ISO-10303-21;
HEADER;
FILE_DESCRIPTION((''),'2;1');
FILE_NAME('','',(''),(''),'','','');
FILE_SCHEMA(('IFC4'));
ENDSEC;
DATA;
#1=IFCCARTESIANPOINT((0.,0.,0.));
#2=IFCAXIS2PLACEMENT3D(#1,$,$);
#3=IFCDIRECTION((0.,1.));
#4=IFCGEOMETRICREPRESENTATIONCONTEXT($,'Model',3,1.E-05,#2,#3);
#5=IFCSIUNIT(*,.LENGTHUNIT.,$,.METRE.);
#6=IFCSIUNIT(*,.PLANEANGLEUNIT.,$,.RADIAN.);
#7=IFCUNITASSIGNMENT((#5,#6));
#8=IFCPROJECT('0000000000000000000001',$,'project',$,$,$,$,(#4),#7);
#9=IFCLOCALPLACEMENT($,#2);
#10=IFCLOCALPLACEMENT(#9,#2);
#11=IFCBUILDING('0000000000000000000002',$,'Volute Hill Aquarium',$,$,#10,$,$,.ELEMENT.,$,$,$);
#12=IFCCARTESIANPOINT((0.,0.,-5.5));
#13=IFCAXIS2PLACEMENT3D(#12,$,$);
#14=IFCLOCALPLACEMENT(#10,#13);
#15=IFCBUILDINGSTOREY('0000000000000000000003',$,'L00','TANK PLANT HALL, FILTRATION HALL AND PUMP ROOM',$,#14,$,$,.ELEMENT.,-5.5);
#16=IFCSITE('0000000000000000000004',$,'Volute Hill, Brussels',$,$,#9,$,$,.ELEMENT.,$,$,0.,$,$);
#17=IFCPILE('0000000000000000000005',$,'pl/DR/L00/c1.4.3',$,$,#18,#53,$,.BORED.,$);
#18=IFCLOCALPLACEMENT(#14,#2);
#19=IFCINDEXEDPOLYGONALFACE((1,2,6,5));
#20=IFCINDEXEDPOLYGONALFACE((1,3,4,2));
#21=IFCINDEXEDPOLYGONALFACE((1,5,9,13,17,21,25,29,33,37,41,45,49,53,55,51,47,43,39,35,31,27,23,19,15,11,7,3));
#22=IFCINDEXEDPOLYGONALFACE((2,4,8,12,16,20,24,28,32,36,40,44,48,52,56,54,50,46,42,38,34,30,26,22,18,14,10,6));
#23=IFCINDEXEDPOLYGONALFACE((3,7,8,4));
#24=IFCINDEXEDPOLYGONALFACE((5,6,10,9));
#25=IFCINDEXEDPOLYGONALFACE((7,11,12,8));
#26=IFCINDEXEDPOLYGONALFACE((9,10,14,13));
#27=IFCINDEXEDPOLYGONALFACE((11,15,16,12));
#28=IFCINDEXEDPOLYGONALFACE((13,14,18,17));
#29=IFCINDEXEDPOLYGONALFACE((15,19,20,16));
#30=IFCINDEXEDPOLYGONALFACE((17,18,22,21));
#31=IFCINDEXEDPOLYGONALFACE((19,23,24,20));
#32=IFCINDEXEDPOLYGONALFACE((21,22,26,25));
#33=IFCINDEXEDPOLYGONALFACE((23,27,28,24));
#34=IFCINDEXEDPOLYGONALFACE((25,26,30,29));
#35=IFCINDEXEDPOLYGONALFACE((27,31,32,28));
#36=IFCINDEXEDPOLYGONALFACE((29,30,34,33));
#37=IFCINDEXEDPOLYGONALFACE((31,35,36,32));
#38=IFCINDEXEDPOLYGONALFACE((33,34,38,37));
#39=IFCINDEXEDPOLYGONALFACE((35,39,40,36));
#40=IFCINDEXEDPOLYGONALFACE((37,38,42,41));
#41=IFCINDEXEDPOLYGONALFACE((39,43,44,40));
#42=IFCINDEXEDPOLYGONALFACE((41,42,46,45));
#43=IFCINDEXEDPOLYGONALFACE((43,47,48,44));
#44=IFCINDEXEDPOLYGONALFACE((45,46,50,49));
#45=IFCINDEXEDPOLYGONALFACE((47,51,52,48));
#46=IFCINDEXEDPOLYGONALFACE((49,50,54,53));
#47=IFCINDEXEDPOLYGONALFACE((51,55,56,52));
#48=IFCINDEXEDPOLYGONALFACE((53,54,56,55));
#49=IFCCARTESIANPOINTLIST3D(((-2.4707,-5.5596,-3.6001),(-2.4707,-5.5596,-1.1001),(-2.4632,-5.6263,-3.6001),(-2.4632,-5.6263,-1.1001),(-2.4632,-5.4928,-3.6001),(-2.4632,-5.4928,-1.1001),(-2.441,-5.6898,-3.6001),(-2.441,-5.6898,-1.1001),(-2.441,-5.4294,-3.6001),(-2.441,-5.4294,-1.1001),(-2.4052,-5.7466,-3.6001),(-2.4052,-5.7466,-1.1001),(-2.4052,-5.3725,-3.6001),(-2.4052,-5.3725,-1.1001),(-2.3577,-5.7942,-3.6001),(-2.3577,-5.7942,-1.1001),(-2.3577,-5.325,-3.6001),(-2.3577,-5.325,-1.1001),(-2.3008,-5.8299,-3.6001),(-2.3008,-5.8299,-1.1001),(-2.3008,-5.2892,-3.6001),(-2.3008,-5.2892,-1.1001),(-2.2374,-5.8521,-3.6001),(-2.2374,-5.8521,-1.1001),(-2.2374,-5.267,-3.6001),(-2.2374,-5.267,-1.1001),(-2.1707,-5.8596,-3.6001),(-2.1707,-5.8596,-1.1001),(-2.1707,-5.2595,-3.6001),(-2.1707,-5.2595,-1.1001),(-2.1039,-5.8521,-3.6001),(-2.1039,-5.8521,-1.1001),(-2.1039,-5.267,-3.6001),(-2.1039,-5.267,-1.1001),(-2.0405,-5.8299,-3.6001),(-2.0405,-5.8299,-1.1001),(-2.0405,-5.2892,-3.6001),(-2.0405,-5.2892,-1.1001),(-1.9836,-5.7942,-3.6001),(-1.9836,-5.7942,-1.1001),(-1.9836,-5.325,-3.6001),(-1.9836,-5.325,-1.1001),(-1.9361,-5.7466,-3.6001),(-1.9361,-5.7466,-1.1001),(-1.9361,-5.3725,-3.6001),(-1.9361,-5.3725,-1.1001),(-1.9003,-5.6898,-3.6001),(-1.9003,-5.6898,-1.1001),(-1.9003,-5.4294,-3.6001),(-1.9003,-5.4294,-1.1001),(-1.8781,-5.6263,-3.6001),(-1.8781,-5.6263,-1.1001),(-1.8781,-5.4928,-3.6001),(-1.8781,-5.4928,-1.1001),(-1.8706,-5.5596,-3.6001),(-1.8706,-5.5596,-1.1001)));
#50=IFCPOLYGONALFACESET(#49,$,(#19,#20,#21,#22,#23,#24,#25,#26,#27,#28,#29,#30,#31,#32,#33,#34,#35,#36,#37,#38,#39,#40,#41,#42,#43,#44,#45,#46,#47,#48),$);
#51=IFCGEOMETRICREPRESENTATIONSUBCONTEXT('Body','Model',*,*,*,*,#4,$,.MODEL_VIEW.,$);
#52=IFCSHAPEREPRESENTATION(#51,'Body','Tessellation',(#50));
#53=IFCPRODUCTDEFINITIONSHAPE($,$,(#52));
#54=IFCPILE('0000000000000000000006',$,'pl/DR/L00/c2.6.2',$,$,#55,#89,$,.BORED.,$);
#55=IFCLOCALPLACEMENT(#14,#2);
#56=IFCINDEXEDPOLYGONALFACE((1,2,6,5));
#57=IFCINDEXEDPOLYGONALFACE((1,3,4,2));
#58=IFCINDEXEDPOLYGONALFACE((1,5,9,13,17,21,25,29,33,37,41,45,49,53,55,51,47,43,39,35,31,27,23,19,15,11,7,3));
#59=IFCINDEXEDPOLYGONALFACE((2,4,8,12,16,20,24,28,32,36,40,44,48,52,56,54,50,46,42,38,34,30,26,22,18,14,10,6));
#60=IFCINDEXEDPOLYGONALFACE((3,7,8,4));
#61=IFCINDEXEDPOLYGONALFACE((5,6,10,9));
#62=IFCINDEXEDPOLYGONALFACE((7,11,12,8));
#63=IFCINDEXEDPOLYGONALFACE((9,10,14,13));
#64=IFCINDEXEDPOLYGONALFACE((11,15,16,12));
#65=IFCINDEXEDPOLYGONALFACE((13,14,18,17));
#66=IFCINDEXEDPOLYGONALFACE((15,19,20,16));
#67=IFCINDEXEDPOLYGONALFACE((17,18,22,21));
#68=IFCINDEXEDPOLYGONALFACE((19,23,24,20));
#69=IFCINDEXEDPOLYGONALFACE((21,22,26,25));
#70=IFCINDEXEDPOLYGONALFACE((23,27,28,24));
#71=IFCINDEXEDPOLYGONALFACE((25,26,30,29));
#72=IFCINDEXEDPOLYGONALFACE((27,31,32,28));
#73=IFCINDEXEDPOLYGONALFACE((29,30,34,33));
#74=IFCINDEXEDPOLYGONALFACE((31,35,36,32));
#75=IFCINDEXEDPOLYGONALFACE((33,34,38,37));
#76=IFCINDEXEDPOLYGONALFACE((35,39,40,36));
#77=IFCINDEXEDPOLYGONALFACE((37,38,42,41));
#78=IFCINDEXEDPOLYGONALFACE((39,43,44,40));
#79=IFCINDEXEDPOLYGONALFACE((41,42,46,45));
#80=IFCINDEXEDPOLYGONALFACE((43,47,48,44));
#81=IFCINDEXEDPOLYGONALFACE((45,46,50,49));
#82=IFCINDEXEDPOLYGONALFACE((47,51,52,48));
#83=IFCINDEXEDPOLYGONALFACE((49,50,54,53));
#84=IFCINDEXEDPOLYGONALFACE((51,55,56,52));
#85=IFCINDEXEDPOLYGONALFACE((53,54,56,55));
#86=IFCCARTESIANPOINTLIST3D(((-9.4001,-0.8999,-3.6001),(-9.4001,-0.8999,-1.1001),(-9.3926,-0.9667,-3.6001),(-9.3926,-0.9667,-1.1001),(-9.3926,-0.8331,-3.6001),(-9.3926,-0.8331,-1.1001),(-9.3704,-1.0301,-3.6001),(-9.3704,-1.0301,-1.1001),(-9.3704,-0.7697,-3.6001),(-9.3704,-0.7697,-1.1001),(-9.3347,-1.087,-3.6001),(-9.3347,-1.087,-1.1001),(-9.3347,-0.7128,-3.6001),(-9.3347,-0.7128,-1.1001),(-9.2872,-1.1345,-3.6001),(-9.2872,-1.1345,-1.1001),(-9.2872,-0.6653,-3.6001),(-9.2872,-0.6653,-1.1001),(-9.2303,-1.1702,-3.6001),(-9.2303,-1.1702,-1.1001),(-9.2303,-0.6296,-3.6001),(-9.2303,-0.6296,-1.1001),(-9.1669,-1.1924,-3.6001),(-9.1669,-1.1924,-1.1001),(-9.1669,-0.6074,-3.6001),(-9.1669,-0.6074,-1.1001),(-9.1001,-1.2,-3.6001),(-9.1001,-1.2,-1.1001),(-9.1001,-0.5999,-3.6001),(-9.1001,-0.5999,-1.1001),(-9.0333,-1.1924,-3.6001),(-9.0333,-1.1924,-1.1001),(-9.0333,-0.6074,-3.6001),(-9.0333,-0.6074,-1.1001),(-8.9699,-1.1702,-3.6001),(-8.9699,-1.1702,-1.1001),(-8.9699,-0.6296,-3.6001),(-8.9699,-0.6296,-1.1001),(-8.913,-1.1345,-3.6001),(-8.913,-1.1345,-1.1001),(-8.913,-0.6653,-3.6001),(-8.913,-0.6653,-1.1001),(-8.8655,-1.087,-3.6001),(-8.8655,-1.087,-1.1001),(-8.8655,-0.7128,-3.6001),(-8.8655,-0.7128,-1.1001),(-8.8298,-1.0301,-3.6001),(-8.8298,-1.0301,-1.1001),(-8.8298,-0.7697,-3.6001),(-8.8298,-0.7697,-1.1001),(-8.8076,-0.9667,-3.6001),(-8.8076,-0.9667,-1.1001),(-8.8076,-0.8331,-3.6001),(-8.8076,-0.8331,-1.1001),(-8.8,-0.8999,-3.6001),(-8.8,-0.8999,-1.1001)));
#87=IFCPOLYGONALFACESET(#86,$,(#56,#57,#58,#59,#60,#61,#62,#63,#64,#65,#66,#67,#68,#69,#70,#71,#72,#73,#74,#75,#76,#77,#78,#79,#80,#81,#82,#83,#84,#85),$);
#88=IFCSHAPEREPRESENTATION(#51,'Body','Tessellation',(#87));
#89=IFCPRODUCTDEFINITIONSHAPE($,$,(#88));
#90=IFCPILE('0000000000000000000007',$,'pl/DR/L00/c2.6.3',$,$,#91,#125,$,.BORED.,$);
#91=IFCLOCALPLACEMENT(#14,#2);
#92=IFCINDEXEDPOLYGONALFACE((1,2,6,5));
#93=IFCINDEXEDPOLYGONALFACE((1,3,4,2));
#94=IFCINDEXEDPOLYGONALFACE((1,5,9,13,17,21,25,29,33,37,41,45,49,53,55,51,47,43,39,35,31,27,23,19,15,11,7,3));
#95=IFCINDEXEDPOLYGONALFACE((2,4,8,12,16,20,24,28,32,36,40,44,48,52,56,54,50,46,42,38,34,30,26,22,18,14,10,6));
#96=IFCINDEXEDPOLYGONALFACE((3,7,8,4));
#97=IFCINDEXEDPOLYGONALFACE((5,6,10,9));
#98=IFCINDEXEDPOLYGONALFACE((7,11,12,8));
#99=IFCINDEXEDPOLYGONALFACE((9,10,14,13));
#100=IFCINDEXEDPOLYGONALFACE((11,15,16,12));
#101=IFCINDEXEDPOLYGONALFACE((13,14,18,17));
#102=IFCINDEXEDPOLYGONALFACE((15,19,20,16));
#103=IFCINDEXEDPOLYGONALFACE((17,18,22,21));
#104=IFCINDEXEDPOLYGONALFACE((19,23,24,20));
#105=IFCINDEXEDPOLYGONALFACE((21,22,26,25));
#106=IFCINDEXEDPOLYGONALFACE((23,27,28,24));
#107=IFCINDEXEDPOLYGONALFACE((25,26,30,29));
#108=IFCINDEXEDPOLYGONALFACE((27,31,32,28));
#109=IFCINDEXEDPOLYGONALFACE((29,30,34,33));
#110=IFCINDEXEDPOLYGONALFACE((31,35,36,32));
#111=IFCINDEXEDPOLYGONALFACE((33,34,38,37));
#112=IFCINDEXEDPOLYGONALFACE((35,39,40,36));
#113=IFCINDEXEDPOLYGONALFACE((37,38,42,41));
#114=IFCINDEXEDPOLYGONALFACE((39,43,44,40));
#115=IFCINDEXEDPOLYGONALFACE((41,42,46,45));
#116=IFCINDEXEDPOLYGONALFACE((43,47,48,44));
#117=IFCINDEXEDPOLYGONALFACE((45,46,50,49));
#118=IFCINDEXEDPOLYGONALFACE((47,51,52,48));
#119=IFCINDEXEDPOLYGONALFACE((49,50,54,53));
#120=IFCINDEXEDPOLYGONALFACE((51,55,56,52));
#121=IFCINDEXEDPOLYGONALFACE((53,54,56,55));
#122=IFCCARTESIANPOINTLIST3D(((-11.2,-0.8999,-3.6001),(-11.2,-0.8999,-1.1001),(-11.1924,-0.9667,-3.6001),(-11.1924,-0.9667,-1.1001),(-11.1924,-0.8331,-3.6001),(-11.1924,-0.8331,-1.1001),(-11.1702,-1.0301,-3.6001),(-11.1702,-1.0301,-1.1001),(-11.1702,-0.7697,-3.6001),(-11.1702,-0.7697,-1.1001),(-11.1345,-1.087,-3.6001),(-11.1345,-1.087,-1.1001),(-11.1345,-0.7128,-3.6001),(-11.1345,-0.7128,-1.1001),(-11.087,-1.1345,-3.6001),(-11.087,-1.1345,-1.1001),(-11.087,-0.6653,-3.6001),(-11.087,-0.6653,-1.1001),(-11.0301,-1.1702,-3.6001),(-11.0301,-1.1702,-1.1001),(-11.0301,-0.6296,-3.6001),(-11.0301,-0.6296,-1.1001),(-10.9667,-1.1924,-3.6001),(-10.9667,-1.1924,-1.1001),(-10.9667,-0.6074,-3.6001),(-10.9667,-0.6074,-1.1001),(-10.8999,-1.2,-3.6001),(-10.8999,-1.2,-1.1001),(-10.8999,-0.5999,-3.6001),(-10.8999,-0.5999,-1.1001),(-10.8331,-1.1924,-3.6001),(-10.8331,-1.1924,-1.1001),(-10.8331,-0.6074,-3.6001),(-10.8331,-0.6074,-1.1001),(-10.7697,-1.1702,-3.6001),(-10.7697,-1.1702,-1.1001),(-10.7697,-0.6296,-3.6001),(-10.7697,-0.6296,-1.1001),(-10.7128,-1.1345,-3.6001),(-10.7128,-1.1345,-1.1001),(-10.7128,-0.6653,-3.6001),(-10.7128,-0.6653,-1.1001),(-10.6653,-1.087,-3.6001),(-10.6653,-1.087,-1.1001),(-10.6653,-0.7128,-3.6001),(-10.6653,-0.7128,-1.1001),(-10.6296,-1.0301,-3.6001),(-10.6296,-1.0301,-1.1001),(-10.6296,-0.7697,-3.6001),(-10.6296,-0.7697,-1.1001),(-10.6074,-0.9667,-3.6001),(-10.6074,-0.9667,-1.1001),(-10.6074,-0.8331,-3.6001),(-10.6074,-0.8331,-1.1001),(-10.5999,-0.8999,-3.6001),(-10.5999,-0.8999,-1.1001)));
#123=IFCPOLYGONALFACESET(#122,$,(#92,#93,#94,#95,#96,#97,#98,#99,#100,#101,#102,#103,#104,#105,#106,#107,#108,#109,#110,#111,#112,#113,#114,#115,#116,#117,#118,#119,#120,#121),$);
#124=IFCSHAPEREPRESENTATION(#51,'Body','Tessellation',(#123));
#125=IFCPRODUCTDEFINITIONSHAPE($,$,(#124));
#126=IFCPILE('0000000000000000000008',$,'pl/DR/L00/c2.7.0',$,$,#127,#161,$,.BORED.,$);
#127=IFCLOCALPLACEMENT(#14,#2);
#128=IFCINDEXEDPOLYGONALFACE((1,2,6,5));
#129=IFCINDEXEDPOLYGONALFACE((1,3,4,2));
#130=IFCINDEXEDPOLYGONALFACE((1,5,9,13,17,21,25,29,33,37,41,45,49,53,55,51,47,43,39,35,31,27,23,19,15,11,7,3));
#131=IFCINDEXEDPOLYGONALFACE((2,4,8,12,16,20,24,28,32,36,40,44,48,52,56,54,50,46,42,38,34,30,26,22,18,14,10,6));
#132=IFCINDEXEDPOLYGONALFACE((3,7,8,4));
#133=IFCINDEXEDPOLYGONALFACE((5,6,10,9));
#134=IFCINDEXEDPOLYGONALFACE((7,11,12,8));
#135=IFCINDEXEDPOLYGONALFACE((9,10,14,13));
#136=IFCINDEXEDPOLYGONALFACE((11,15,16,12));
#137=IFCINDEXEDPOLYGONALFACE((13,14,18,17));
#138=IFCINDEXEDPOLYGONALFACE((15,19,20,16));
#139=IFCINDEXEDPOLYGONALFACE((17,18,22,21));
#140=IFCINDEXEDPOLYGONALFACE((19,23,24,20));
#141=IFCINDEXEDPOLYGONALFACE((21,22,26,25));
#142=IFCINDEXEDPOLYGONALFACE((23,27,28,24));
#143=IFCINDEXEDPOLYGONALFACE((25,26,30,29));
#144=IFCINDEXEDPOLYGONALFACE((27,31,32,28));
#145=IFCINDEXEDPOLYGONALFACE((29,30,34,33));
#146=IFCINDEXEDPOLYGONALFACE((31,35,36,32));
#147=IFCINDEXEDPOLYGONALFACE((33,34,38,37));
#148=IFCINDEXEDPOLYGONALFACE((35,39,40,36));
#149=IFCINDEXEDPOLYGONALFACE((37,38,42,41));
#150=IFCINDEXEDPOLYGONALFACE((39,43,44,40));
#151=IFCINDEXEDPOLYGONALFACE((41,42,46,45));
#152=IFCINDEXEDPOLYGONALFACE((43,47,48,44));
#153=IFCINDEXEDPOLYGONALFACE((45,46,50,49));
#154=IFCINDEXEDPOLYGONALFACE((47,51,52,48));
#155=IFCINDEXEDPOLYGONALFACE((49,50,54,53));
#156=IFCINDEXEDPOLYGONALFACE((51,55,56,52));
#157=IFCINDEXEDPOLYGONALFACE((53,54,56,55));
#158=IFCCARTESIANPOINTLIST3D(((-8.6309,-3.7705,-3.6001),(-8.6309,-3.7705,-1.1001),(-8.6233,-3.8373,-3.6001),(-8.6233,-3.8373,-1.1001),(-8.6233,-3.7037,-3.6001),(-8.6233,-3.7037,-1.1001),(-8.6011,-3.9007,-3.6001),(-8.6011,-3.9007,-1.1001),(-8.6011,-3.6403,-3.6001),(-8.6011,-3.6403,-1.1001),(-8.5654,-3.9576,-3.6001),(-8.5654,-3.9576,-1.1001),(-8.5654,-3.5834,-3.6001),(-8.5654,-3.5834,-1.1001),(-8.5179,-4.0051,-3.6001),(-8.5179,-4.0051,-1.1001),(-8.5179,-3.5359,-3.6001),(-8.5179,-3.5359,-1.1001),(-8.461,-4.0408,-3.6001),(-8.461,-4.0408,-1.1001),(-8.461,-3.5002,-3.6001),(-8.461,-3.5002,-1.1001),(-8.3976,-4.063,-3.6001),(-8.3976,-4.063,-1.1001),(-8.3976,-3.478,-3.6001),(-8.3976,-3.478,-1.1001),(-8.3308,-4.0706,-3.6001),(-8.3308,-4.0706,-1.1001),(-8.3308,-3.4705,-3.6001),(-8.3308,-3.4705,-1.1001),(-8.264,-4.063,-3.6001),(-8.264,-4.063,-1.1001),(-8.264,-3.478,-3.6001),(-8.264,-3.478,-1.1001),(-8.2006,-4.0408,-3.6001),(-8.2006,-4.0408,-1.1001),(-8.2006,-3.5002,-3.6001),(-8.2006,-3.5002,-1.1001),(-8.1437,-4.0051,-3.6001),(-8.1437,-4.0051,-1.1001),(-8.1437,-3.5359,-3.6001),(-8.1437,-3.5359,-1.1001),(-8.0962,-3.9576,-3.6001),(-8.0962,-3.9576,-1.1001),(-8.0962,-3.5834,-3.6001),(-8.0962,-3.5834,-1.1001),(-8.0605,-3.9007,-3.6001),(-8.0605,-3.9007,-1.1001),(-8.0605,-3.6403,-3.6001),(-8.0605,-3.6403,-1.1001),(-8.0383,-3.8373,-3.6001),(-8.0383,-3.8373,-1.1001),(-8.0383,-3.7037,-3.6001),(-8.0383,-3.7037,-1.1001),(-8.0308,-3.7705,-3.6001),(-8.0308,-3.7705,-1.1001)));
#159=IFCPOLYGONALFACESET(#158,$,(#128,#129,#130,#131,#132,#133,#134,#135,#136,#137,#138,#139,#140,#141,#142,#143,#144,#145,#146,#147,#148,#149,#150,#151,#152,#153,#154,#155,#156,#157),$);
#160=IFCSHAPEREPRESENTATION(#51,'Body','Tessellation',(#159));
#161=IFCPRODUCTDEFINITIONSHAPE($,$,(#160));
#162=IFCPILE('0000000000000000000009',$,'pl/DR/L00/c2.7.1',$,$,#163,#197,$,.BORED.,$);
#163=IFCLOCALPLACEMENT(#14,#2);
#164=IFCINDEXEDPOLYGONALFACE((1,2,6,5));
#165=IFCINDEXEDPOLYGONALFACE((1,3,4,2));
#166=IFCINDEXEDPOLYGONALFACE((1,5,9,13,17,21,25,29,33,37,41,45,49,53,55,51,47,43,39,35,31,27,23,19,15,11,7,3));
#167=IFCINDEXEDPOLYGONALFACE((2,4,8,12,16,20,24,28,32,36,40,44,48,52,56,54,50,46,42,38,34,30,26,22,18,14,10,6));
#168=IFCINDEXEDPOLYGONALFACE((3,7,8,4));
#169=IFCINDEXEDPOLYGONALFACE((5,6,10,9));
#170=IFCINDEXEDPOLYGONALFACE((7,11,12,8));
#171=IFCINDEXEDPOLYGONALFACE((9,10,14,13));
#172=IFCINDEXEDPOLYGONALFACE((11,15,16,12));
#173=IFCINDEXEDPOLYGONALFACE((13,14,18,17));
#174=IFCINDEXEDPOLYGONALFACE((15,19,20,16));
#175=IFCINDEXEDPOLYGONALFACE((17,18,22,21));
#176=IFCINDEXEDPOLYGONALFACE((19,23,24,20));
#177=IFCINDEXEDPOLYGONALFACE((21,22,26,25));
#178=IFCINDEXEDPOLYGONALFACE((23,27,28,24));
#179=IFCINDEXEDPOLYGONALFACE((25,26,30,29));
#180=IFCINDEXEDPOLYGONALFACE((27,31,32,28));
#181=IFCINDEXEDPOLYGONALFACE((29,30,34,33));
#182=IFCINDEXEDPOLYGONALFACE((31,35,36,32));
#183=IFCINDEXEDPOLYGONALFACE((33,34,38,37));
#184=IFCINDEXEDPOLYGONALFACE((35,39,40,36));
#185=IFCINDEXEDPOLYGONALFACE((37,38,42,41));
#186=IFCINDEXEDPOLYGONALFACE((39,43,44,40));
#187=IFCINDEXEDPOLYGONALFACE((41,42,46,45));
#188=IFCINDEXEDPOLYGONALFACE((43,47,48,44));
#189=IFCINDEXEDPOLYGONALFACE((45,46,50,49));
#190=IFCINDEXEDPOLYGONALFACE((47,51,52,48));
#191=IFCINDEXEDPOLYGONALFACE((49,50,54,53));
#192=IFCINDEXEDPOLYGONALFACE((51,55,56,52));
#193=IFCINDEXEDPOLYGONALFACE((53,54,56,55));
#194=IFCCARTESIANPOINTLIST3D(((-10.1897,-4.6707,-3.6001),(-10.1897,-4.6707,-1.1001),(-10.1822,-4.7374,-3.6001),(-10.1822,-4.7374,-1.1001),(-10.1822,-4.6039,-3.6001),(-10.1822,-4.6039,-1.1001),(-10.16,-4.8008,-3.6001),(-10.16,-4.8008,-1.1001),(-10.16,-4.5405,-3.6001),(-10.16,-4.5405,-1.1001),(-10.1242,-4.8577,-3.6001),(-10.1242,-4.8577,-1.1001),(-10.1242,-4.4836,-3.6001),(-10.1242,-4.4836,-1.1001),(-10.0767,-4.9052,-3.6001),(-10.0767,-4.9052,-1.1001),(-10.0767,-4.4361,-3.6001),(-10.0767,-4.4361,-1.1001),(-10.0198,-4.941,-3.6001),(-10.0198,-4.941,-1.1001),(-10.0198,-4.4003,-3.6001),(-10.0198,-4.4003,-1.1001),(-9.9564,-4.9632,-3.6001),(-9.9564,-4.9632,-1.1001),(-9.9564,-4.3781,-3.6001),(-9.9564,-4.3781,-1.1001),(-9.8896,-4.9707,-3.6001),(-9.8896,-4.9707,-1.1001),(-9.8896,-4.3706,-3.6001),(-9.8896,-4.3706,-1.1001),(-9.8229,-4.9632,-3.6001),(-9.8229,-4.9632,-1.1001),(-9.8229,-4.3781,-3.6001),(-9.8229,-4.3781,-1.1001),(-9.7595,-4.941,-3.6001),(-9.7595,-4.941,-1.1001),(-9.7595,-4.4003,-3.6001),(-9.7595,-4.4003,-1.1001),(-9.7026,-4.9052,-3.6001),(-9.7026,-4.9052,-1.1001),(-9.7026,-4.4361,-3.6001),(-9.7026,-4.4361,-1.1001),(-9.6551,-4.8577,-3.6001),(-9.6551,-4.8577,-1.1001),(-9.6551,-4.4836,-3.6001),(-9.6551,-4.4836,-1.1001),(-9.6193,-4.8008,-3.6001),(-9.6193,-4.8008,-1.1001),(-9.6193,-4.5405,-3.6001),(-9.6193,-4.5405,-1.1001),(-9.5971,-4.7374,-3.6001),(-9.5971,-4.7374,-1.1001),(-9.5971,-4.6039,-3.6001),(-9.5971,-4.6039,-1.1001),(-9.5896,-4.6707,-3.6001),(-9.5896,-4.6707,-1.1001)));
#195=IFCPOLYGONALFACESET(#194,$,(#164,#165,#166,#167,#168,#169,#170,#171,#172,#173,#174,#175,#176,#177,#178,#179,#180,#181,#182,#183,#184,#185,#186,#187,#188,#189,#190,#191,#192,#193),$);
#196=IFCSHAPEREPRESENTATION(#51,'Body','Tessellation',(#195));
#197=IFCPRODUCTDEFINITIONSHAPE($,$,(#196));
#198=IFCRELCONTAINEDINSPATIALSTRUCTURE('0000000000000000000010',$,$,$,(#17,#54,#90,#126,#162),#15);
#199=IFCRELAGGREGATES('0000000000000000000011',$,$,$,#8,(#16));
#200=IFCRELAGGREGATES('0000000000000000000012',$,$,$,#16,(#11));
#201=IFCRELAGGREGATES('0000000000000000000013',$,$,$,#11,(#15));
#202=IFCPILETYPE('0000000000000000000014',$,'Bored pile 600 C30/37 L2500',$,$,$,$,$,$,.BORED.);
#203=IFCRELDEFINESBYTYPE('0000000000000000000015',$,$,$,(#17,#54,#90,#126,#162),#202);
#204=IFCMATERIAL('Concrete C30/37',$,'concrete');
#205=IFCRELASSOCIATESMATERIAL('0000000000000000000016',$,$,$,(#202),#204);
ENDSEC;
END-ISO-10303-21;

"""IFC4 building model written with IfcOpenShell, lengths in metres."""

from ifc_helpers import new_model, si_unit, direction, frame, origin, origin_2d, place, context, subcontext, project, spatial, circle, extrude, material, type_object, element, save


model = new_model("IFC4")

# Units and contexts
model_context = context("Model", 3, precision=1e-05, world=origin(), true_north=direction((0.0, 1.0)))
body_context = subcontext(model_context, "Body", "Model", "MODEL_VIEW")
ifc_project = project(units=[si_unit("LENGTHUNIT", "METRE"), si_unit("PLANEANGLEUNIT", "RADIAN")], contexts=[model_context])

# Site, building, storey
site_placement = place(None, origin())
site = spatial("IfcSite", under=ifc_project, at=site_placement, Name="Volute Hill, Brussels", CompositionType="ELEMENT", RefElevation=0.0)
building_placement = place(site_placement, origin())
building = spatial("IfcBuilding", under=site, at=building_placement, Name="Volute Hill Aquarium", CompositionType="ELEMENT")
storey_placement = place(building_placement, frame((0.0, 0.0, -5.5)))
storey = spatial("IfcBuildingStorey", under=building, at=storey_placement, Name="L00", Description="TANK PLANT HALL, FILTRATION HALL AND PUMP ROOM", CompositionType="ELEMENT", Elevation=-5.5)

# Piles
ifc_material_1 = material(Name="Concrete C30/37", Category="concrete")
pile_type = type_object("IfcPileType", Name="Bored pile 600 C30/37 L2500", PredefinedType="BORED", material=ifc_material_1)
for number, where, z_axis, x_axis, name in (
    (1, (-2.1707, -5.5596, -1.1001), (0.0, 0.0, -1.0), (1.0, 0.0, 0.0), "pl/DR/L00/c1.4.3"),
    (2, (-9.1001, -0.8999, -1.1001), (0.0, 0.0, -1.0), (1.0, 0.0, 0.0), "pl/DR/L00/c2.6.2"),
    (3, (-10.8999, -0.8999, -1.1001), (0.0, 0.0, -1.0), (1.0, 0.0, 0.0), "pl/DR/L00/c2.6.3"),
    (4, (-8.3308, -3.7705, -1.1001), (0.0, 0.0, -1.0), (1.0, 0.0, 0.0), "pl/DR/L00/c2.7.0"),
    (5, (-9.8896, -4.6707, -1.1001), (0.0, 0.0, -1.0), (1.0, 0.0, 0.0), "pl/DR/L00/c2.7.1"),
):
    element("IfcPile", number, at=place(storey_placement, frame(where, z_axis=z_axis, x_axis=x_axis)), inside=storey, type_object=pile_type, Name=name, PredefinedType="BORED", context=body_context, shape_type="SweptSolid", body=[
        extrude(circle(Radius=0.3, at=origin_2d()), origin(), (0.0, 0.0, 1.0), 2.5),
    ])

save(model, "model.ifc")
